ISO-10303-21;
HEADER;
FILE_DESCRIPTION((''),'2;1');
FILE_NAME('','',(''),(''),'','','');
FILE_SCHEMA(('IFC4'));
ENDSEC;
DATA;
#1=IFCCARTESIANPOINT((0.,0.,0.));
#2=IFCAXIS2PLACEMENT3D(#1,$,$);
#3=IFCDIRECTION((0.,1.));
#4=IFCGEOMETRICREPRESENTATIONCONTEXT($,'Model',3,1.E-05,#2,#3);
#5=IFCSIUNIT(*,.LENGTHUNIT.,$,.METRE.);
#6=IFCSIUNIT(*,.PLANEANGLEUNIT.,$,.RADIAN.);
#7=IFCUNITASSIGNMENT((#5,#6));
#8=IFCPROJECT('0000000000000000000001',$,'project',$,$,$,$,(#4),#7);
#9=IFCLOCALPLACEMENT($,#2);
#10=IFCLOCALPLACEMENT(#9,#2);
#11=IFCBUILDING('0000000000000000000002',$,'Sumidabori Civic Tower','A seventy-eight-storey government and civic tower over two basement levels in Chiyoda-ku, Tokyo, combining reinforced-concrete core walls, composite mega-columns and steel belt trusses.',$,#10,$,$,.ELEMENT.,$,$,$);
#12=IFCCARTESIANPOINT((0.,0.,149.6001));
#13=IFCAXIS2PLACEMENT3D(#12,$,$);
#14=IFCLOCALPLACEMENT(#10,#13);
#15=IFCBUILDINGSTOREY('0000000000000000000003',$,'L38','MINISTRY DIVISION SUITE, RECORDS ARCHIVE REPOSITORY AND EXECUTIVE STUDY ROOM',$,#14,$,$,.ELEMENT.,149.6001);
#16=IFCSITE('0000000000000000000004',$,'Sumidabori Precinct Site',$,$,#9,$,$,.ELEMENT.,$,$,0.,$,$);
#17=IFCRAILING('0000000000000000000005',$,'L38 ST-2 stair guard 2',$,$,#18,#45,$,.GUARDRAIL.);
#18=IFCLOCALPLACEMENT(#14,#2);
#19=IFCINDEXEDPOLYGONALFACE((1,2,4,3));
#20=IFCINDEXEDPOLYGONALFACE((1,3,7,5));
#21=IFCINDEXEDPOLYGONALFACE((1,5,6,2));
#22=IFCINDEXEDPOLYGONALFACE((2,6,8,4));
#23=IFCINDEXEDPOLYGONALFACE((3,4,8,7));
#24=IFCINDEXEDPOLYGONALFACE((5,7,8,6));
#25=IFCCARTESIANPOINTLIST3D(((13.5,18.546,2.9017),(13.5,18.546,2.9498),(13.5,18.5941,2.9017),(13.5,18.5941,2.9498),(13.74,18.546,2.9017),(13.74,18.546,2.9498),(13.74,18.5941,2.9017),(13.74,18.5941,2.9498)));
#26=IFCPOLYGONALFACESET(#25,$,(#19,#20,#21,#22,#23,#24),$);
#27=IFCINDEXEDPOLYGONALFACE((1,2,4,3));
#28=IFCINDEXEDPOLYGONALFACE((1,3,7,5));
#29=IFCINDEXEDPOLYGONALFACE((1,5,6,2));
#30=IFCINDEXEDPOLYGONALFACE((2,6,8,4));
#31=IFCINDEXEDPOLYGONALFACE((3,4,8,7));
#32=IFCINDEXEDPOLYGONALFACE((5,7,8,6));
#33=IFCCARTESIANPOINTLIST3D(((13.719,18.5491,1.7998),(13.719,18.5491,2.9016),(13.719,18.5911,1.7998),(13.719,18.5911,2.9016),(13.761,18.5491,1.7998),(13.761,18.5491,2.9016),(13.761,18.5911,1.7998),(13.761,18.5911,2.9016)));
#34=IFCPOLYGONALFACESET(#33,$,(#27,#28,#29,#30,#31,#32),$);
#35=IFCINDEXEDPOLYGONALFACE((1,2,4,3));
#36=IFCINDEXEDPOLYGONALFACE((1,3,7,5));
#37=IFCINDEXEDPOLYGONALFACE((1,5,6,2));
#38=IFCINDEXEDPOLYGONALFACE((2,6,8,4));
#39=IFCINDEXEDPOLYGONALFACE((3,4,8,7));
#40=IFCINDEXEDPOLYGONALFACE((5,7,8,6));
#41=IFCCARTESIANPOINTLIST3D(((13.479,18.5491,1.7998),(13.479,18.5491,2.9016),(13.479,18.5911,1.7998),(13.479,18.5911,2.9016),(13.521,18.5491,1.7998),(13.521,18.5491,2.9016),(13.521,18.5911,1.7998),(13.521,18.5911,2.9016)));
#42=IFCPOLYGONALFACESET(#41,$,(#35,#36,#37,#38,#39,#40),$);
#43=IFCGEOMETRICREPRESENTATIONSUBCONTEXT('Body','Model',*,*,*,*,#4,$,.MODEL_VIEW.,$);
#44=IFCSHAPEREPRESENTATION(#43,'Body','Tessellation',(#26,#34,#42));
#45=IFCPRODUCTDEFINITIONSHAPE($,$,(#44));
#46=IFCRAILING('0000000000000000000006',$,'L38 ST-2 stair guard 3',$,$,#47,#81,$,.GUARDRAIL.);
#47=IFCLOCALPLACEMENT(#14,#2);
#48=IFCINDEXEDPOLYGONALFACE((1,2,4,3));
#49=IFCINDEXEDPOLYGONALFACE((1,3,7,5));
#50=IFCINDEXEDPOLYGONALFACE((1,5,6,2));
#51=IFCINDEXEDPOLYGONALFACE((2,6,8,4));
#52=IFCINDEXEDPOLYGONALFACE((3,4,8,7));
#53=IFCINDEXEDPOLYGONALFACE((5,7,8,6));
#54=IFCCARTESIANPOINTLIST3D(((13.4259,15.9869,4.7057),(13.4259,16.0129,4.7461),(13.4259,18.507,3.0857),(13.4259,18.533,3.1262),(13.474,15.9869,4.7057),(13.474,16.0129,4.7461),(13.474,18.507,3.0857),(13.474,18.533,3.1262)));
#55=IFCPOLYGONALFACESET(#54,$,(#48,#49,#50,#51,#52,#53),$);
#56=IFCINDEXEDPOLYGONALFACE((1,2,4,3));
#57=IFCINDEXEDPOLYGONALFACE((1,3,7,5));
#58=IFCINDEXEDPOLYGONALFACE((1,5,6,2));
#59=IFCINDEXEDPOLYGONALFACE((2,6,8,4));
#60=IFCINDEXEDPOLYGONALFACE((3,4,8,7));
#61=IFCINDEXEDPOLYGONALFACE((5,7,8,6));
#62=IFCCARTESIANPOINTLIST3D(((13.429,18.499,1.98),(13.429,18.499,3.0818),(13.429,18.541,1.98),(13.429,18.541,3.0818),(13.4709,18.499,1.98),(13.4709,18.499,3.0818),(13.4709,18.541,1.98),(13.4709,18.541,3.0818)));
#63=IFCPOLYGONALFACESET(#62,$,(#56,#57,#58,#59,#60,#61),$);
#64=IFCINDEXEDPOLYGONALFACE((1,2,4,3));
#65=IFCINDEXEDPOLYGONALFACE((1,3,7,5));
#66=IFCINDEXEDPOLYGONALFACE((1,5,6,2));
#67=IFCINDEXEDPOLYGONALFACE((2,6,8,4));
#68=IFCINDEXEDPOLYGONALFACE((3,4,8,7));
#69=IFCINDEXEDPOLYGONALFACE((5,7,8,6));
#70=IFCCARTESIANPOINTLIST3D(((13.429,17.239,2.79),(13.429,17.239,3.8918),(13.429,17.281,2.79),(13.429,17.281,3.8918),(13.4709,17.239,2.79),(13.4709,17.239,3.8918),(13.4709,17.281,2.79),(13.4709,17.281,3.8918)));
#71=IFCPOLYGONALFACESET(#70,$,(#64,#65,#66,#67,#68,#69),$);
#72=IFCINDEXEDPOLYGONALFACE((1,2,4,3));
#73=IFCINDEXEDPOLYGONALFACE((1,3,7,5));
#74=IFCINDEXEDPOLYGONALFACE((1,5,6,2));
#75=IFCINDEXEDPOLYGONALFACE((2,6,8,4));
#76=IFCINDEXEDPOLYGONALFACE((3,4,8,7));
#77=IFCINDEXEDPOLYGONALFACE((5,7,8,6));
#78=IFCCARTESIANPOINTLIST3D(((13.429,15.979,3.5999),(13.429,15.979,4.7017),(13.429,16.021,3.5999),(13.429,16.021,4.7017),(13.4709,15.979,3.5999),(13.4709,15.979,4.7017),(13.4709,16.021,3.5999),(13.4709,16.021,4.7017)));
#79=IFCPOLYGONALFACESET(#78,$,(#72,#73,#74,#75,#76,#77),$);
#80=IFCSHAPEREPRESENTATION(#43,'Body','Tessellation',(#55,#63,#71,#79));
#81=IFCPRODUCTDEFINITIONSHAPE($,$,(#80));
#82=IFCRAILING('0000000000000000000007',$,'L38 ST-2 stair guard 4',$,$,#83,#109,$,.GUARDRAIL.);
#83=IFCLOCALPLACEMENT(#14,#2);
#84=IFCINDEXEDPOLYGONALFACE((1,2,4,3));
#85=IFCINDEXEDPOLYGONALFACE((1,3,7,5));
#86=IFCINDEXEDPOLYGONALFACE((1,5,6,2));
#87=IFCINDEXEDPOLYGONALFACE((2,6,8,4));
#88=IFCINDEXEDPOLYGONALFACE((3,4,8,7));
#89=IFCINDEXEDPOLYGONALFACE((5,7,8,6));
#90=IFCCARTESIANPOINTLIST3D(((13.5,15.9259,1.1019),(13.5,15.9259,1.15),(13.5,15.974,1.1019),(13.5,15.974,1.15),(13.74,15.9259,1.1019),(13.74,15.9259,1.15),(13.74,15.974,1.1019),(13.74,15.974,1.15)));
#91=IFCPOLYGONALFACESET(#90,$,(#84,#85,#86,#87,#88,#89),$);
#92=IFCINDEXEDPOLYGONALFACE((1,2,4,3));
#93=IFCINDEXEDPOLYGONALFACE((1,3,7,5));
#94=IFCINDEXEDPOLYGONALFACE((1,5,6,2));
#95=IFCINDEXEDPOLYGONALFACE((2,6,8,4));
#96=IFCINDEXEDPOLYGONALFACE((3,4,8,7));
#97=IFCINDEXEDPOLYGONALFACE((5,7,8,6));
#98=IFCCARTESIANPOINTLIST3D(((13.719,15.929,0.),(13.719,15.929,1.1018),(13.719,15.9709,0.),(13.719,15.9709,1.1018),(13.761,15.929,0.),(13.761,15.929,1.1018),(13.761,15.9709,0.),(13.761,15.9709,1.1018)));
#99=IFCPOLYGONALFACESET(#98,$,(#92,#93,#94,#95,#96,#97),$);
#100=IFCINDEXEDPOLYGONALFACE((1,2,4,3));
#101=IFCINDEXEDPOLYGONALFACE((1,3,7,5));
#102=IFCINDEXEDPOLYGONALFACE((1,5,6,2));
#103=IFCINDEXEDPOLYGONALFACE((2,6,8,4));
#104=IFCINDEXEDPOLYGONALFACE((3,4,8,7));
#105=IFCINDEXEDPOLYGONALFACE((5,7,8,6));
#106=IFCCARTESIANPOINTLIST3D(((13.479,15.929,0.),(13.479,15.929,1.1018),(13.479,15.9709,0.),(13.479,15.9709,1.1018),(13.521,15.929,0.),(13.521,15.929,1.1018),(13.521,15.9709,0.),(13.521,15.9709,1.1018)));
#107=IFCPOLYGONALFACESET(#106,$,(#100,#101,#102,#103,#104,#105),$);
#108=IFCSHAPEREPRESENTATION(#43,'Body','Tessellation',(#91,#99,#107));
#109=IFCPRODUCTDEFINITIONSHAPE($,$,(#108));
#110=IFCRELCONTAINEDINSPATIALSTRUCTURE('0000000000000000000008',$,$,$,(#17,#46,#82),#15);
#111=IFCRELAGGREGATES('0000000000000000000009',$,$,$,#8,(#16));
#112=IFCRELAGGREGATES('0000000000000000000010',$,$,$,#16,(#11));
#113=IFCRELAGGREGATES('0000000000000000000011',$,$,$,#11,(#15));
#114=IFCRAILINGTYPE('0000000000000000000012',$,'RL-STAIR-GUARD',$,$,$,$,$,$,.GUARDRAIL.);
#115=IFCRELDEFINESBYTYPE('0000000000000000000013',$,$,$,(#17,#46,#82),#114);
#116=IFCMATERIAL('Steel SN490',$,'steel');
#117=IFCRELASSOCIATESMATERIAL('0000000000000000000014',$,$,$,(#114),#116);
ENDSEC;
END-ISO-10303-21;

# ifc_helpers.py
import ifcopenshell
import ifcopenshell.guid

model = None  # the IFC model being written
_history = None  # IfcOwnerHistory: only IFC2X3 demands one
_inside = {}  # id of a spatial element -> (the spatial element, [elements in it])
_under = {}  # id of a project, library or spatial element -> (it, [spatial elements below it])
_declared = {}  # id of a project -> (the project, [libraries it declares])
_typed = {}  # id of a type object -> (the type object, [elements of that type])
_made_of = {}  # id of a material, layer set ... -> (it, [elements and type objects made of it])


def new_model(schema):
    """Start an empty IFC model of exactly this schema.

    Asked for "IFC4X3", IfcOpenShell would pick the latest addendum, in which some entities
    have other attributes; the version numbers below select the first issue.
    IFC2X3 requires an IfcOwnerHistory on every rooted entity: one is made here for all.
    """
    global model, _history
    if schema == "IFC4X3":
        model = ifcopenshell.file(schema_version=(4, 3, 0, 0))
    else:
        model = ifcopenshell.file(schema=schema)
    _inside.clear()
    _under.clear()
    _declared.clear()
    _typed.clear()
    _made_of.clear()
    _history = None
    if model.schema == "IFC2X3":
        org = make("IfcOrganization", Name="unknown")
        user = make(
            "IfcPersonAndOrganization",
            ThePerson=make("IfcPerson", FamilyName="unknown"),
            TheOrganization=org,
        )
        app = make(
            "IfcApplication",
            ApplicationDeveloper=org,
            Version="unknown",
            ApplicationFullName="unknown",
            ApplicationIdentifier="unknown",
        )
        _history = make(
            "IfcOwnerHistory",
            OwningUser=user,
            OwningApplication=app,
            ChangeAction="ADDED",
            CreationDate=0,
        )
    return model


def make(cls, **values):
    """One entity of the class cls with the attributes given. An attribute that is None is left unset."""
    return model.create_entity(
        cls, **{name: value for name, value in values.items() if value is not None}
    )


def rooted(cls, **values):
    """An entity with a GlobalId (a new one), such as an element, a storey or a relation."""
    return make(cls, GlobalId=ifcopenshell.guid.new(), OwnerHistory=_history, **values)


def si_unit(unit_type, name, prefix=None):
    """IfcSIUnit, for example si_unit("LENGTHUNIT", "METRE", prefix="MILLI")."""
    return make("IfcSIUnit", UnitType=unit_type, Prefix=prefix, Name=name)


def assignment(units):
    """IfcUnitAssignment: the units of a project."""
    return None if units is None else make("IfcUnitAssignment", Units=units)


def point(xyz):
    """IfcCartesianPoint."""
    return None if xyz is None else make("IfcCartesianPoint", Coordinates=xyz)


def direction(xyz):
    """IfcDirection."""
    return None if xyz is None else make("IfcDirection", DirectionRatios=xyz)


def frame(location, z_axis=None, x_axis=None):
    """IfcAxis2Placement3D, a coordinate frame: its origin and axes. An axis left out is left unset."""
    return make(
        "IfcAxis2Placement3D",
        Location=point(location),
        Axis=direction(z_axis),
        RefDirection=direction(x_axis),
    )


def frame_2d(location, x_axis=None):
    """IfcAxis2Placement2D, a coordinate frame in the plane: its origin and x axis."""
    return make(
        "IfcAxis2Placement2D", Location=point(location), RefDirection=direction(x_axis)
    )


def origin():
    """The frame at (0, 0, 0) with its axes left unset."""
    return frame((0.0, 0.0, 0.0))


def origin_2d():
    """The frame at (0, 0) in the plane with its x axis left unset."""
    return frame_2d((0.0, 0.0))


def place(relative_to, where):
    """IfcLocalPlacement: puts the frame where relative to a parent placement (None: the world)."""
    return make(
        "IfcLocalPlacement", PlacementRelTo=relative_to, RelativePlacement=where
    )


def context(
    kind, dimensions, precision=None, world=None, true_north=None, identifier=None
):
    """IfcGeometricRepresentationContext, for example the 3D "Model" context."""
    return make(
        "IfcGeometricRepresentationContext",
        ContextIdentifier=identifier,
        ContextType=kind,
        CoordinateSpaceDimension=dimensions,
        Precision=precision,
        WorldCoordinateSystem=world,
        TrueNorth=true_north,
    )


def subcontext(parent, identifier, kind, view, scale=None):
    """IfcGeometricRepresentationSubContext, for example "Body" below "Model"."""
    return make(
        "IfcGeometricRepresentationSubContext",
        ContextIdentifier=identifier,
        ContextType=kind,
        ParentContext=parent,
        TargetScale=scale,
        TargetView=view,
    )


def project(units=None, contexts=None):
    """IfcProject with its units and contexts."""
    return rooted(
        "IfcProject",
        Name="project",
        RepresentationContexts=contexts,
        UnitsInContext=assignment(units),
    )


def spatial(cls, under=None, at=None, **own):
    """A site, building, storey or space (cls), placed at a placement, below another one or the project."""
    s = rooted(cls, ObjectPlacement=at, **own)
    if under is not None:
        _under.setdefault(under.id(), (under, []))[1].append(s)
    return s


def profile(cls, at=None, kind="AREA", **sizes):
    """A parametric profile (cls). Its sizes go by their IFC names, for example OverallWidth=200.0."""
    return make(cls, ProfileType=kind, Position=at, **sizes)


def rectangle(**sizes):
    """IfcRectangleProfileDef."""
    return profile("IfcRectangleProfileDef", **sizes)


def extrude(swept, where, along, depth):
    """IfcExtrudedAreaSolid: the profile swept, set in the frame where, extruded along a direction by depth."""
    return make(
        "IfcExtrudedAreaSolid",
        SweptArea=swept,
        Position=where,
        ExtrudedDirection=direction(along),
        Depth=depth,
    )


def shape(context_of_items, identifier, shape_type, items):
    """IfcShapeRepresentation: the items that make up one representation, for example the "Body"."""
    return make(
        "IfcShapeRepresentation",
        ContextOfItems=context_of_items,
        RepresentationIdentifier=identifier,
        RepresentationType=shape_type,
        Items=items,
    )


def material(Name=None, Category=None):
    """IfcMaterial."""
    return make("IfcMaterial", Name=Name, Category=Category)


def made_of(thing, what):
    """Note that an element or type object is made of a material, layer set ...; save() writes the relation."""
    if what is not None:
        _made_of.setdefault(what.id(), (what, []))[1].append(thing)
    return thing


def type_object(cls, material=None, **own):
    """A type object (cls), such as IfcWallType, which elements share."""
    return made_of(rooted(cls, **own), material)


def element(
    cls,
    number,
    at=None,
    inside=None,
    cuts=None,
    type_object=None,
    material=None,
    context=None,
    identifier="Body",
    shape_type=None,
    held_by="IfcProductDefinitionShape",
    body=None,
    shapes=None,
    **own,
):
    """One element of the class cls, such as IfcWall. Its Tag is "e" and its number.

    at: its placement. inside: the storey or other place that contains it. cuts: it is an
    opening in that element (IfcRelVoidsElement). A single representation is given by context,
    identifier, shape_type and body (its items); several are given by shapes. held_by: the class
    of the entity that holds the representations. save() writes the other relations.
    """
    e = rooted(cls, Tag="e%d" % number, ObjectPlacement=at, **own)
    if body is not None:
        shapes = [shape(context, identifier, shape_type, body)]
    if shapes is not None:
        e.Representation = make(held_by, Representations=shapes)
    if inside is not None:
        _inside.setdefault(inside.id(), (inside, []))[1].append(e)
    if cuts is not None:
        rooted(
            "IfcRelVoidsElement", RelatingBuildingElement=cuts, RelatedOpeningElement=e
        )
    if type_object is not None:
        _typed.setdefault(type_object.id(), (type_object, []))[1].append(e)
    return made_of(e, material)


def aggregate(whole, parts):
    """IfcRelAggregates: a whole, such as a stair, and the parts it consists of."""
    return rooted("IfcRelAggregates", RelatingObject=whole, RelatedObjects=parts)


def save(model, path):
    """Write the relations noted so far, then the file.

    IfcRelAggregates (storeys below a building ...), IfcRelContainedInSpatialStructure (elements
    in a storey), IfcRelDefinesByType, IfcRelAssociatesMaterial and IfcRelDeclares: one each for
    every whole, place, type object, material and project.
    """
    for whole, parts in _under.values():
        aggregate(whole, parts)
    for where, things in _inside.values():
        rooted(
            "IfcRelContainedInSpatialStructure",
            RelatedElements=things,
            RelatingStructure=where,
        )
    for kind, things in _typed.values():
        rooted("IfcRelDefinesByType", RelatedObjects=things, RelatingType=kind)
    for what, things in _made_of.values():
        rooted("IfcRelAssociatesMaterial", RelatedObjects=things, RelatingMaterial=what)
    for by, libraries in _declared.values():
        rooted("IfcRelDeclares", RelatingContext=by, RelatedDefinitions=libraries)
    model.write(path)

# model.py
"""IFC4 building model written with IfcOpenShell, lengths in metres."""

from ifc_helpers import new_model, si_unit, direction, frame, origin, origin_2d, place, context, subcontext, project, spatial, rectangle, extrude, material, type_object, element, save


model = new_model("IFC4")

# Units and contexts
model_context = context("Model", 3, precision=1e-05, world=origin(), true_north=direction((0.0, 1.0)))
body_context = subcontext(model_context, "Body", "Model", "MODEL_VIEW")
ifc_project = project(units=[si_unit("LENGTHUNIT", "METRE"), si_unit("PLANEANGLEUNIT", "RADIAN")], contexts=[model_context])

# Site, building, storey
site_placement = place(None, origin())
site = spatial("IfcSite", under=ifc_project, at=site_placement, Name="Sumidabori Precinct Site", CompositionType="ELEMENT", RefElevation=0.0)
building_placement = place(site_placement, origin())
building = spatial("IfcBuilding", under=site, at=building_placement, Name="Sumidabori Civic Tower", Description="A seventy-eight-storey government and civic tower over two basement levels in Chiyoda-ku, Tokyo, combining reinforced-concrete core walls, composite mega-columns and steel belt trusses.", CompositionType="ELEMENT")
storey_placement = place(building_placement, frame((0.0, 0.0, 149.6001)))
storey = spatial("IfcBuildingStorey", under=building, at=storey_placement, Name="L38", Description="MINISTRY DIVISION SUITE, RECORDS ARCHIVE REPOSITORY AND EXECUTIVE STUDY ROOM", CompositionType="ELEMENT", Elevation=149.6001)

# Railings
ifc_material_1 = material(Name="Steel SN490", Category="steel")
railing_type_1 = type_object("IfcRailingType", Name="RL-STAIR-GUARD", PredefinedType="GUARDRAIL", material=ifc_material_1)
railing_1_placement = place(storey_placement, frame((13.74, 18.5701, 1.7998)))
element("IfcRailing", 1, at=railing_1_placement, inside=storey, type_object=railing_type_1, Name="L38 ST-2 stair guard 2", PredefinedType="GUARDRAIL", context=body_context, shape_type="SweptSolid", body=[
    extrude(rectangle(XDim=0.0481, YDim=0.0481, at=origin_2d()), frame((0.0, 0.0, 1.126), z_axis=(-1.0, 0.0, 0.0), x_axis=(0.0, -1.0, 0.0)), (0.0, 0.0, 1.0), 0.24),
    extrude(rectangle(XDim=0.042, YDim=0.042, at=origin_2d()), origin(), (0.0, 0.0, 1.0), 1.1018),
    extrude(rectangle(XDim=0.042, YDim=0.042, at=origin_2d()), frame((-0.24, 0.0, 0.0)), (0.0, 0.0, 1.0), 1.1018),
])
railing_2_placement = place(storey_placement, frame((13.45, 18.52, 1.98)))
element("IfcRailing", 2, at=railing_2_placement, inside=storey, type_object=railing_type_1, Name="L38 ST-2 stair guard 3", PredefinedType="GUARDRAIL", context=body_context, shape_type="SweptSolid", body=[
    extrude(rectangle(XDim=0.0481, YDim=0.0481, at=origin_2d()), frame((0.0, 0.0, 1.126), z_axis=(0.0, -0.8412, 0.540725), x_axis=(1.0, 0.0, 0.0)), (0.0, 0.0, 1.0), 2.9958),
    extrude(rectangle(XDim=0.042, YDim=0.042, at=origin_2d()), origin(), (0.0, 0.0, 1.0), 1.1018),
    extrude(rectangle(XDim=0.042, YDim=0.042, at=origin_2d()), frame((0.0, -1.26, 0.8101)), (0.0, 0.0, 1.0), 1.1018),
    extrude(rectangle(XDim=0.042, YDim=0.042, at=origin_2d()), frame((0.0, -2.52, 1.6199)), (0.0, 0.0, 1.0), 1.1018),
])
railing_3_placement = place(storey_placement, frame((13.74, 15.95, 0.0)))
element("IfcRailing", 3, at=railing_3_placement, inside=storey, type_object=railing_type_1, Name="L38 ST-2 stair guard 4", PredefinedType="GUARDRAIL", context=body_context, shape_type="SweptSolid", body=[
    extrude(rectangle(XDim=0.0481, YDim=0.0481, at=origin_2d()), frame((0.0, 0.0, 1.126), z_axis=(-1.0, 0.0, 0.0), x_axis=(0.0, -1.0, 0.0)), (0.0, 0.0, 1.0), 0.24),
    extrude(rectangle(XDim=0.042, YDim=0.042, at=origin_2d()), origin(), (0.0, 0.0, 1.0), 1.1018),
    extrude(rectangle(XDim=0.042, YDim=0.042, at=origin_2d()), frame((-0.24, 0.0, 0.0)), (0.0, 0.0, 1.0), 1.1018),
])

save(model, "model.ifc")
